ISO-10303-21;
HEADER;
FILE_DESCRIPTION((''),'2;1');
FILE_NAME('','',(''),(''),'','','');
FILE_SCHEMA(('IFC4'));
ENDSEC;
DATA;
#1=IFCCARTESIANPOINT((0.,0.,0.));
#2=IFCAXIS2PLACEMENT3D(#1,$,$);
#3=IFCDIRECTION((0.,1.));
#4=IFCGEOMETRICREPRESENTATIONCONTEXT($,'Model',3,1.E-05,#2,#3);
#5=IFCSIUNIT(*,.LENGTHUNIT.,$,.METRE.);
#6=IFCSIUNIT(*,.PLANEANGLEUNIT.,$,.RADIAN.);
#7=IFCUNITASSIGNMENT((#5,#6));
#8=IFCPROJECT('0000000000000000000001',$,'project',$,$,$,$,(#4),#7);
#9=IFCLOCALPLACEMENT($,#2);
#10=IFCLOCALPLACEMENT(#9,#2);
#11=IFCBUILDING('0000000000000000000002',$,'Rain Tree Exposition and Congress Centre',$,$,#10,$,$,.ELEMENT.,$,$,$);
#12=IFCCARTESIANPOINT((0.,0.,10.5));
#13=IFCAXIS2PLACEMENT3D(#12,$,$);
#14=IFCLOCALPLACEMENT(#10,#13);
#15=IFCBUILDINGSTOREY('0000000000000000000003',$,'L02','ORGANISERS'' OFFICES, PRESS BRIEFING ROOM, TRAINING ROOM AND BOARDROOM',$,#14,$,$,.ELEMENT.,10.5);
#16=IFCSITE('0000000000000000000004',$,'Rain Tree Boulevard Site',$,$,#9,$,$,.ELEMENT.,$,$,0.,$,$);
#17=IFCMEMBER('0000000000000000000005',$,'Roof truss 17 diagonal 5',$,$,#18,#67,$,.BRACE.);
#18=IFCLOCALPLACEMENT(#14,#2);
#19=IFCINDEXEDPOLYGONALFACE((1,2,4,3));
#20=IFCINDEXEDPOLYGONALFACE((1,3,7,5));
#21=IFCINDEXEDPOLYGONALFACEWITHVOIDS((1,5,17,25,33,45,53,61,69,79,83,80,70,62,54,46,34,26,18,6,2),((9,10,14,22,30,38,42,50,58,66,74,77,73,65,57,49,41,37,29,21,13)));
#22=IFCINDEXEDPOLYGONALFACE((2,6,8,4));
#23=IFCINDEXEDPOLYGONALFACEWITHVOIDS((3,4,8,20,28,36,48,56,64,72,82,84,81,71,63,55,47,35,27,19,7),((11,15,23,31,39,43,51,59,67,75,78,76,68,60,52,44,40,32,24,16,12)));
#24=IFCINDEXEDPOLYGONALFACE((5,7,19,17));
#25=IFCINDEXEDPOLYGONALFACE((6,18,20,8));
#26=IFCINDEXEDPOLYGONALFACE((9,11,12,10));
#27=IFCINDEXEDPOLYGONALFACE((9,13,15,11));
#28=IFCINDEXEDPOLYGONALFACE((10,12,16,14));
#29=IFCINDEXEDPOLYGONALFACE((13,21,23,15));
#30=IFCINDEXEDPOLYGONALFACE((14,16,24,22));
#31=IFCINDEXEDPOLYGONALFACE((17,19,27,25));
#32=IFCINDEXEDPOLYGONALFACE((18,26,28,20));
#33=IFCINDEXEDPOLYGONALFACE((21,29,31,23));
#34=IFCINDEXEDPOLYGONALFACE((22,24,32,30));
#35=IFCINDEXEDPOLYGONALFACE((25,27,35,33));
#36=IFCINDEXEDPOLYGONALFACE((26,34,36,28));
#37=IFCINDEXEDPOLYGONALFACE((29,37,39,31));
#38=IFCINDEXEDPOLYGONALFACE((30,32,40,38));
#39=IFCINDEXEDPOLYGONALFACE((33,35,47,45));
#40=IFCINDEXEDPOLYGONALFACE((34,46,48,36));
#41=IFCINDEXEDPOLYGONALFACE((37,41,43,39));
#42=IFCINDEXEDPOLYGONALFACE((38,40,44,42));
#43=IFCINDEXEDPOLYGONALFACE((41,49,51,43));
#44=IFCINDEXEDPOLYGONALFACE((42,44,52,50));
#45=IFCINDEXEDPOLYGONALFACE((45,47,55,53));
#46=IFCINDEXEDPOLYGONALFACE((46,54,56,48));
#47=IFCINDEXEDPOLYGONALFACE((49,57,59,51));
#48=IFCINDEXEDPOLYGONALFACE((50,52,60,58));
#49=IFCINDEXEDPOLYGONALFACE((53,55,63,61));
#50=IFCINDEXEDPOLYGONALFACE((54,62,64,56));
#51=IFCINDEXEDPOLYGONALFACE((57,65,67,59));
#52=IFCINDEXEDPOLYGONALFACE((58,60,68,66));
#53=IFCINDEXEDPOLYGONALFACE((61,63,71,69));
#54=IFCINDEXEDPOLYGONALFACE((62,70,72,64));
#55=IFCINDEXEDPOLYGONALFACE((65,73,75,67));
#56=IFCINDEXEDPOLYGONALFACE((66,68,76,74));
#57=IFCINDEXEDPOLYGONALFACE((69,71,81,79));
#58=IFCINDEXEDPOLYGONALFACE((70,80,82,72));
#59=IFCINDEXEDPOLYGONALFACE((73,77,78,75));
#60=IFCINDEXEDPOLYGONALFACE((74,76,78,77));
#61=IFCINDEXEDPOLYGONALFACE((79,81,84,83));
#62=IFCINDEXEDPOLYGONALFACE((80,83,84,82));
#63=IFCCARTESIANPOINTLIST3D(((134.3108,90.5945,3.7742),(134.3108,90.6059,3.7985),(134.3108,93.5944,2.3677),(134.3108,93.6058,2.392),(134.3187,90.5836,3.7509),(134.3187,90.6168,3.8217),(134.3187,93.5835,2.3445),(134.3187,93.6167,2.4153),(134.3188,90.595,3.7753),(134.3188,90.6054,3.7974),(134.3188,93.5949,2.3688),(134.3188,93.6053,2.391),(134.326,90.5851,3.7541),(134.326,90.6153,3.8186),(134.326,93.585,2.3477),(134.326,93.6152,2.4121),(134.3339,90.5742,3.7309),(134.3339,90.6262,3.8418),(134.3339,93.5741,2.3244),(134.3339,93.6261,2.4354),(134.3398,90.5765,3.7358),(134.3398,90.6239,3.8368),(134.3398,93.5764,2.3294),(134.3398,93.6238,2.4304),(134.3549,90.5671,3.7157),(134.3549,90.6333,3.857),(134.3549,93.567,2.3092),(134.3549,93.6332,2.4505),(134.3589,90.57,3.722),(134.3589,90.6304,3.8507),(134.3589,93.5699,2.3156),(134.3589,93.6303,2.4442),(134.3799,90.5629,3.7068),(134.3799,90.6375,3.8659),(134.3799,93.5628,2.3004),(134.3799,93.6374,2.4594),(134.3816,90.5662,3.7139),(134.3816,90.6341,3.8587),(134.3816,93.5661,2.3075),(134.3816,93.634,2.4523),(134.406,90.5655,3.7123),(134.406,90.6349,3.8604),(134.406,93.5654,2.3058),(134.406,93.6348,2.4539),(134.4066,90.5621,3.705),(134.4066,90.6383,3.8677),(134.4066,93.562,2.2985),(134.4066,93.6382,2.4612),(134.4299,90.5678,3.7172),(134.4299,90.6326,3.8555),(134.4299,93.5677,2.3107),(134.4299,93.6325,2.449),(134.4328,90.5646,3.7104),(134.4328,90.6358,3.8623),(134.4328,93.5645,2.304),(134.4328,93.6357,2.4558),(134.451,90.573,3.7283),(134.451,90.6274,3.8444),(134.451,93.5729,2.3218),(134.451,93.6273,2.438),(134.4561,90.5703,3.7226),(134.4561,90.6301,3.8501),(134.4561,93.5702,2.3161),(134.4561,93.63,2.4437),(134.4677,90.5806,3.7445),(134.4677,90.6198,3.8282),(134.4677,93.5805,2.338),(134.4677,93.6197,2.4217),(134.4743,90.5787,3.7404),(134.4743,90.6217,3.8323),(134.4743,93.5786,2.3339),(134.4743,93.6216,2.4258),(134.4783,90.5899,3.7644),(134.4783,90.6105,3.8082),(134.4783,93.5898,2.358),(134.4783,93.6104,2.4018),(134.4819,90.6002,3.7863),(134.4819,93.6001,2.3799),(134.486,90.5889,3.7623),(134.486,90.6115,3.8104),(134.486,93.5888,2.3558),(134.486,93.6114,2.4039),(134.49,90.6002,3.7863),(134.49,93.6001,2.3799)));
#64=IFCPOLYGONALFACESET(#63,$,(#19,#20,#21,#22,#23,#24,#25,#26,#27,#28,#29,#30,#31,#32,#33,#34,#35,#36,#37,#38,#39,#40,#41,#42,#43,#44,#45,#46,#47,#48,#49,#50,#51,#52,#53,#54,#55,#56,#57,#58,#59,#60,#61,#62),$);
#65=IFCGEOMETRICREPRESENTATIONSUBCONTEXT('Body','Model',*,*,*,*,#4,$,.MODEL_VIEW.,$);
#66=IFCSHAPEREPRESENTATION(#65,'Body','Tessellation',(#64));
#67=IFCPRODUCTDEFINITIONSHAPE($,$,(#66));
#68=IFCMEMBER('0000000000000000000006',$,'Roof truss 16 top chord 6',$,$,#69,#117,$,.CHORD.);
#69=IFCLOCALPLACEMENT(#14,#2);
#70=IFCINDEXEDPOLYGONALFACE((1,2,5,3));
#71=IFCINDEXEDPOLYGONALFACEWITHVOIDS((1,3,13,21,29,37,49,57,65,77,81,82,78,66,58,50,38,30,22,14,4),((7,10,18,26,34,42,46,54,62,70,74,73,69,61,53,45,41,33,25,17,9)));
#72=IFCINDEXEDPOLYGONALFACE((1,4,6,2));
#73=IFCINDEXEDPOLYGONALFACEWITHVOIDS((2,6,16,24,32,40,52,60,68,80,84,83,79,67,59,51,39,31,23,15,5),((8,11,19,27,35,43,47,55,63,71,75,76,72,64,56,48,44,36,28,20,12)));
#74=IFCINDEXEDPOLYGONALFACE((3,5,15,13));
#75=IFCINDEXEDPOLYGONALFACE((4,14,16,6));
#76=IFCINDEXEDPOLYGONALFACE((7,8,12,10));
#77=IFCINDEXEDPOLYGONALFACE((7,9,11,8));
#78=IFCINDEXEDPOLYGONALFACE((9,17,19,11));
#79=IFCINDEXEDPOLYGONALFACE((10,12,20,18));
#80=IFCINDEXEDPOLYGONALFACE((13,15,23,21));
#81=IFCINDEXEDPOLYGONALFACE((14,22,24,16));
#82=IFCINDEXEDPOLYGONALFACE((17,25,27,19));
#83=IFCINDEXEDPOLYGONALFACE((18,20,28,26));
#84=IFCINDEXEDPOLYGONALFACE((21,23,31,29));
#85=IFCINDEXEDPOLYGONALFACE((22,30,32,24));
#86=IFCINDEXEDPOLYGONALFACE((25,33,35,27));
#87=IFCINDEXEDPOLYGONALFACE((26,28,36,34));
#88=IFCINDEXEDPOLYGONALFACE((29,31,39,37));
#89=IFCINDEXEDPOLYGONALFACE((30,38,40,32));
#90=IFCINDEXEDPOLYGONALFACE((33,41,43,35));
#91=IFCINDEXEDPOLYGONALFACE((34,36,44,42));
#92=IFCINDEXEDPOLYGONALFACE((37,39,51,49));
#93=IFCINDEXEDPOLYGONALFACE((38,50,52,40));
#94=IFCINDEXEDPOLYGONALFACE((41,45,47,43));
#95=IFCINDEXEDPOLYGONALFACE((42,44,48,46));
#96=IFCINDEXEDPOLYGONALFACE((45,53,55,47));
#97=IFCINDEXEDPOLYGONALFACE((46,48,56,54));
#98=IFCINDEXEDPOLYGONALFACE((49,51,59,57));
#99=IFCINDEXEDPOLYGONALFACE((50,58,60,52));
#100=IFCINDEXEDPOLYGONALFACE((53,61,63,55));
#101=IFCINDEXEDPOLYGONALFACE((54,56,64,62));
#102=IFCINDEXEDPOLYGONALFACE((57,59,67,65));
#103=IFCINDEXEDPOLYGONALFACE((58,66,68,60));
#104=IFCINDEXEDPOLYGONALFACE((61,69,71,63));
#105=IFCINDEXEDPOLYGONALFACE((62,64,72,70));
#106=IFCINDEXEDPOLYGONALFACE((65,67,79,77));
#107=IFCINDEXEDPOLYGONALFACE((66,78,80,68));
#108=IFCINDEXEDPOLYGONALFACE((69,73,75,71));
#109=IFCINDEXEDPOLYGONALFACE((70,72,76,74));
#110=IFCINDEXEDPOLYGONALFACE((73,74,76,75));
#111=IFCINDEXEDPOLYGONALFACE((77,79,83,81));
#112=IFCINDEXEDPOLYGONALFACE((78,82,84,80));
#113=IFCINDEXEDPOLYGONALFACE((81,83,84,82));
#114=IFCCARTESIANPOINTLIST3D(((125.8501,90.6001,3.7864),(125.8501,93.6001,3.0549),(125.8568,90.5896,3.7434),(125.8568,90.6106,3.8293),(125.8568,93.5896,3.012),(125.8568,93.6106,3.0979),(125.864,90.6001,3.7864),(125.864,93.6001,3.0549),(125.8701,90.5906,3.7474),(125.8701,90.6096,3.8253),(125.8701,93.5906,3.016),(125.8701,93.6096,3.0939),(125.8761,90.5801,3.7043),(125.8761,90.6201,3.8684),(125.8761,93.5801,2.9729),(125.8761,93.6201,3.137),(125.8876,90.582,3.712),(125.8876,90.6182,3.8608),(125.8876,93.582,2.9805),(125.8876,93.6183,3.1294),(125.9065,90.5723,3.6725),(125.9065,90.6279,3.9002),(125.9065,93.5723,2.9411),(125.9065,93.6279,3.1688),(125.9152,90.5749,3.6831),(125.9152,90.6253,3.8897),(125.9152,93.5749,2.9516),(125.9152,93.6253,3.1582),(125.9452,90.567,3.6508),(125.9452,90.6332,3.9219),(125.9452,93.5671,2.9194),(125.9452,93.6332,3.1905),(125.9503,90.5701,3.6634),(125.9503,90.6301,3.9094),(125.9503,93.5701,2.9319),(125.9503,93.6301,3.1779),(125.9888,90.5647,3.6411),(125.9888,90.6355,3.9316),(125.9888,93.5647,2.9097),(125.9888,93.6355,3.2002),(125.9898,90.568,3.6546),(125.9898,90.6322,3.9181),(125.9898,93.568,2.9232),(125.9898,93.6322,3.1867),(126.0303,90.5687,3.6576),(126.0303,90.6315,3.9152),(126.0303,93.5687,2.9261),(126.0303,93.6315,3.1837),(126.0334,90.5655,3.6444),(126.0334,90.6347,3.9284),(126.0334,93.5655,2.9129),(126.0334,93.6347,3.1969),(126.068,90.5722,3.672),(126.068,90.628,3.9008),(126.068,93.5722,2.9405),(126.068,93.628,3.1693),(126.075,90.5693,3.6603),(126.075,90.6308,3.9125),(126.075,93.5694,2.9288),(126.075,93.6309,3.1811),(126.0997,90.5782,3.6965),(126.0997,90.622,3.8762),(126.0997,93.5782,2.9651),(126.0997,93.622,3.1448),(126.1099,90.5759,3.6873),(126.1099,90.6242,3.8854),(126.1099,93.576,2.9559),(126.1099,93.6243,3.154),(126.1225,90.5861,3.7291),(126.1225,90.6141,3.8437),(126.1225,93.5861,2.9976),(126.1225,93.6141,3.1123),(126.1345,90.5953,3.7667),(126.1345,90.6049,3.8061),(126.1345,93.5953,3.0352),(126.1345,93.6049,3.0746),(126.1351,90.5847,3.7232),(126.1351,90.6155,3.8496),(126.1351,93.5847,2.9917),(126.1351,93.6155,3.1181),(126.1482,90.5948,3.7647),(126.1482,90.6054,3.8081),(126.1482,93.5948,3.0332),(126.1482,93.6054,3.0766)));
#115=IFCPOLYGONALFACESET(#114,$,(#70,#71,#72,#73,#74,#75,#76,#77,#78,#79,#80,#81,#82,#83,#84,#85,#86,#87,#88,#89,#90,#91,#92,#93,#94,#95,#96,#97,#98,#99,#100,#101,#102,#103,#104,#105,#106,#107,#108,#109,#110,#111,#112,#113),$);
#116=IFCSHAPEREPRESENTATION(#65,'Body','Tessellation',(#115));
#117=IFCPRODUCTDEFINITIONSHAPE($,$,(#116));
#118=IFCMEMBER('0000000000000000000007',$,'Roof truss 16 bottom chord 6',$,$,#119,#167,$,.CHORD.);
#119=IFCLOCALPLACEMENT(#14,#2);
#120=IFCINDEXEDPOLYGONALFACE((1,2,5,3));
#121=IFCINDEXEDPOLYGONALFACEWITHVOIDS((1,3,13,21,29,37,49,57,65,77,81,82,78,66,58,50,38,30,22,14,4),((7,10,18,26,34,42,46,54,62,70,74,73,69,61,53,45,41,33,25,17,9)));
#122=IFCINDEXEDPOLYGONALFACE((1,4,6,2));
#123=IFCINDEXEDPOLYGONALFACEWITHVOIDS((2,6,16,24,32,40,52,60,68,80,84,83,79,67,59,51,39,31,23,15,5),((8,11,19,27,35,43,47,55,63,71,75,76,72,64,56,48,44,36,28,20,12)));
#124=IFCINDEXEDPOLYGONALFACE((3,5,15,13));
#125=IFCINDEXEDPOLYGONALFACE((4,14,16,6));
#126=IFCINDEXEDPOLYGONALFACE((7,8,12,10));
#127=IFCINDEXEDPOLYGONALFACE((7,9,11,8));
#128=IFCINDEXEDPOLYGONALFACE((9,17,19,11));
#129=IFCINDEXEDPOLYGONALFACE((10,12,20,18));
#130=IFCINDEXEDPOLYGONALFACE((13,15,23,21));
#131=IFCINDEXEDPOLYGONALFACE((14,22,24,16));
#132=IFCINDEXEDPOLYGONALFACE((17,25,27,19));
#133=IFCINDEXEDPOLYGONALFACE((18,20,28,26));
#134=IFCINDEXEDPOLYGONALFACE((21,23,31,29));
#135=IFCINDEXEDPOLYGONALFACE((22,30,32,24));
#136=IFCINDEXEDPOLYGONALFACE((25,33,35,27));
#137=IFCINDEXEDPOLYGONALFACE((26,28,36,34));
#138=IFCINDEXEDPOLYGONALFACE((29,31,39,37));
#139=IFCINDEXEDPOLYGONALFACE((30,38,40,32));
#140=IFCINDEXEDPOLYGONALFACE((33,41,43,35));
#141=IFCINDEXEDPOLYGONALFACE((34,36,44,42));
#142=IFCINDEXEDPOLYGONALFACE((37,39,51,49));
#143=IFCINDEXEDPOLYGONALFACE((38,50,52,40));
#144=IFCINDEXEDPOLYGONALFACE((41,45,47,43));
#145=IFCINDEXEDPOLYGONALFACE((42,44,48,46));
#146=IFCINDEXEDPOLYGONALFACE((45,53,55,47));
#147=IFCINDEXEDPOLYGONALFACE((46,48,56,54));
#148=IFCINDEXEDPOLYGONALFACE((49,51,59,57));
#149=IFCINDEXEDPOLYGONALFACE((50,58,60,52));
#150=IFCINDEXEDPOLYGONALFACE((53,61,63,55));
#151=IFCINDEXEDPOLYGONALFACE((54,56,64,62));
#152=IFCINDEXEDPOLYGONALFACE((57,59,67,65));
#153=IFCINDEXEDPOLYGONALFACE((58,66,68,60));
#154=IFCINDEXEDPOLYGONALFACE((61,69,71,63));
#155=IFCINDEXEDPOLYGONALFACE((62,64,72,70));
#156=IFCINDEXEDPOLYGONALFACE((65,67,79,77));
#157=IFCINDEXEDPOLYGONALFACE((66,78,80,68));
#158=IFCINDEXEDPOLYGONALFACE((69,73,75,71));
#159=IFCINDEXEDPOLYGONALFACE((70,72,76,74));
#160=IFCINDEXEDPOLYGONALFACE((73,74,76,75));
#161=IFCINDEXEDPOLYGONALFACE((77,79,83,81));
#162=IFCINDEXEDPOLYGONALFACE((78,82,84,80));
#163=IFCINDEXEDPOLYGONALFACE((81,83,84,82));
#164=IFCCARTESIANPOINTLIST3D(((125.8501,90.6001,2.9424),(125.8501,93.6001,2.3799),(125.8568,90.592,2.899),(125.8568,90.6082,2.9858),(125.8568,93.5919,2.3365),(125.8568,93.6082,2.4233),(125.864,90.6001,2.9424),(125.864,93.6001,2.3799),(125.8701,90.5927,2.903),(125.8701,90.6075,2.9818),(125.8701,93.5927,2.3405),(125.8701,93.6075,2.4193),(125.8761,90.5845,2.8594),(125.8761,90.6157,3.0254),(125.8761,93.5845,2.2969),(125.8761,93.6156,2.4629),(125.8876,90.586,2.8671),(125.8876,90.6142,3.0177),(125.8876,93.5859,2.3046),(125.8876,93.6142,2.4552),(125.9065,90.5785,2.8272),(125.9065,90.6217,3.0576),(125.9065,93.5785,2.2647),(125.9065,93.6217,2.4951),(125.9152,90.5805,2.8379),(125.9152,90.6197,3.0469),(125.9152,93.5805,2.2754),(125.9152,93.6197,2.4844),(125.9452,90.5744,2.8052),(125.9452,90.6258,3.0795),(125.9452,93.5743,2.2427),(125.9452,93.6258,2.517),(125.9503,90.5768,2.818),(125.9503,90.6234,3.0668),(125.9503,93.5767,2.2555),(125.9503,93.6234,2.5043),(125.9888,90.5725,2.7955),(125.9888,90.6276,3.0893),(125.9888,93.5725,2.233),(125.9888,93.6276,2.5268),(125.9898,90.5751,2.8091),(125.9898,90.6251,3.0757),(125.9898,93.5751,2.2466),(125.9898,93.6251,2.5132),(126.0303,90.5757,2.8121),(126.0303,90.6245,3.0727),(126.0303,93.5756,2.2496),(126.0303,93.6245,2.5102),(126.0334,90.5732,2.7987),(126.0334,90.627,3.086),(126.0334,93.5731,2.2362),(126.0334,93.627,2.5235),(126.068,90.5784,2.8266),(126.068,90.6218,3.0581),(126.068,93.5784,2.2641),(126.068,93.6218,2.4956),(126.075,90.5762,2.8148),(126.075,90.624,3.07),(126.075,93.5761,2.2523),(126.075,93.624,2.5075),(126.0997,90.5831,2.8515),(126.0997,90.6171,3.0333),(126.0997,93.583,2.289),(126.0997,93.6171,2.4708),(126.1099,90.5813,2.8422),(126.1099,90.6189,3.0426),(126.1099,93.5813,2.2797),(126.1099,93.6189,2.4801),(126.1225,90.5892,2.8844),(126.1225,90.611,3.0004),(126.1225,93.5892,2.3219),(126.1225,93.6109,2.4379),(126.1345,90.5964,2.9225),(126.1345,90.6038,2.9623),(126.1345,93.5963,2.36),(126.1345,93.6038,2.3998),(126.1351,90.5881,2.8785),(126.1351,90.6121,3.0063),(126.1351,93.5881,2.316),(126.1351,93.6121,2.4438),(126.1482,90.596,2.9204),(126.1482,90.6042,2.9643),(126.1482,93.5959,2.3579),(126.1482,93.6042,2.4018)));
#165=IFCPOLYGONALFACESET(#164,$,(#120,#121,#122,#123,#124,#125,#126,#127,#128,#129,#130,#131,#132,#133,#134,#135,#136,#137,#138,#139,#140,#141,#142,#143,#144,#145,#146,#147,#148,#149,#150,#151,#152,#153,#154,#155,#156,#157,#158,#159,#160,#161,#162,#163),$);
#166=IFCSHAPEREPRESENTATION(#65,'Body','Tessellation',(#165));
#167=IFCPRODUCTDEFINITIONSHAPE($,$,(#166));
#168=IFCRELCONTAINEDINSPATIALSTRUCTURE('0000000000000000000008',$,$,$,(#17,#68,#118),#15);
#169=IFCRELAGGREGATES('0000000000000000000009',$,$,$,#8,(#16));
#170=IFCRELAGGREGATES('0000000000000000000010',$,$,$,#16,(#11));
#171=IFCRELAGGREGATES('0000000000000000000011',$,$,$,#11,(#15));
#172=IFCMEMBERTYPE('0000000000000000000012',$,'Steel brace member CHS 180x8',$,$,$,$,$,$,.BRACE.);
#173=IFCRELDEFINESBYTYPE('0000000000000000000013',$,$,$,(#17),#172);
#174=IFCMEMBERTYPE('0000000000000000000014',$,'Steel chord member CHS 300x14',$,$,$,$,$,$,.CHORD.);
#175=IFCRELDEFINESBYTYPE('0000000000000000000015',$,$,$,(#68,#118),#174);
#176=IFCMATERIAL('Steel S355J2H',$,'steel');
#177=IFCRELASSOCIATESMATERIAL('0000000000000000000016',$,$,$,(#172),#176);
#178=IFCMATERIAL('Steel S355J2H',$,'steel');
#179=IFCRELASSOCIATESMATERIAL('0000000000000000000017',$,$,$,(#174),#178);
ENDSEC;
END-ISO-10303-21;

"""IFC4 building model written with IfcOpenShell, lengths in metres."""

from ifc_helpers import new_model, si_unit, direction, frame, origin, origin_2d, place, context, subcontext, project, spatial, hollow_circle, extrude, material, material_profile, profile_set, type_object, element, save


model = new_model("IFC4")

# Units and contexts
model_context = context("Model", 3, precision=1e-05, world=origin(), true_north=direction((0.0, 1.0)))
body_context = subcontext(model_context, "Body", "Model", "MODEL_VIEW")
ifc_project = project(units=[si_unit("LENGTHUNIT", "METRE"), si_unit("PLANEANGLEUNIT", "RADIAN")], contexts=[model_context])

# Site, building, storey
site_placement = place(None, origin())
site = spatial("IfcSite", under=ifc_project, at=site_placement, Name="Rain Tree Boulevard Site", CompositionType="ELEMENT", RefElevation=0.0)
building_placement = place(site_placement, origin())
building = spatial("IfcBuilding", under=site, at=building_placement, Name="Rain Tree Exposition and Congress Centre", CompositionType="ELEMENT")
storey_placement = place(building_placement, frame((0.0, 0.0, 10.5)))
storey = spatial("IfcBuildingStorey", under=building, at=storey_placement, Name="L02", Description="ORGANISERS' OFFICES, PRESS BRIEFING ROOM, TRAINING ROOM AND BOARDROOM", CompositionType="ELEMENT", Elevation=10.5)

# Members
ifc_material_1 = material(Name="Steel S355J2H", Category="steel")
ifc_material_profile_1 = material_profile(ifc_material_1, hollow_circle(Radius=0.0901, WallThickness=0.0081, at=origin_2d()), Name="CHS 180x8")
ifc_profile_set_1 = profile_set([ifc_material_profile_1], Name="Steel S355J2H")
member_type_1 = type_object("IfcMemberType", Name="Steel brace member CHS 180x8", PredefinedType="BRACE", material=ifc_profile_set_1)
member_1_placement = place(storey_placement, frame((134.3999, 93.6001, 2.3799), z_axis=(0.0, -0.905431, 0.424494), x_axis=(1.0, 0.0, 0.0)))
element("IfcMember", 1, at=member_1_placement, inside=storey, type_object=member_type_1, Name="Roof truss 17 diagonal 5", PredefinedType="BRACE", context=body_context, shape_type="SweptSolid", body=[
    extrude(hollow_circle(Radius=0.0901, WallThickness=0.0081, at=origin_2d()), origin(), (0.0, 0.0, 1.0), 3.3132),
])
ifc_material_2 = material(Name="Steel S355J2H", Category="steel")
ifc_material_profile_2 = material_profile(ifc_material_2, hollow_circle(Radius=0.1499, WallThickness=0.0139, at=origin_2d()), Name="CHS 300x14")
ifc_profile_set_2 = profile_set([ifc_material_profile_2], Name="Steel S355J2H")
member_type_2 = type_object("IfcMemberType", Name="Steel chord member CHS 300x14", PredefinedType="CHORD", material=ifc_profile_set_2)
member_2_placement = place(storey_placement, frame((126.0, 90.6001, 3.7864), z_axis=(0.0, 0.97154, -0.236876), x_axis=(-1.0, 0.0, 0.0)))
element("IfcMember", 2, at=member_2_placement, inside=storey, type_object=member_type_2, Name="Roof truss 16 top chord 6", PredefinedType="CHORD", context=body_context, shape_type="SweptSolid", body=[
    extrude(hollow_circle(Radius=0.1499, WallThickness=0.0139, at=origin_2d()), origin(), (0.0, 0.0, 1.0), 3.0879),
])
member_3_placement = place(storey_placement, frame((126.0, 90.6001, 2.9424), z_axis=(0.0, 0.982872, -0.184289), x_axis=(-1.0, 0.0, 0.0)))
element("IfcMember", 3, at=member_3_placement, inside=storey, type_object=member_type_2, Name="Roof truss 16 bottom chord 6", PredefinedType="CHORD", context=body_context, shape_type="SweptSolid", body=[
    extrude(hollow_circle(Radius=0.1499, WallThickness=0.0139, at=origin_2d()), origin(), (0.0, 0.0, 1.0), 3.0522),
])

save(model, "model.ifc")
